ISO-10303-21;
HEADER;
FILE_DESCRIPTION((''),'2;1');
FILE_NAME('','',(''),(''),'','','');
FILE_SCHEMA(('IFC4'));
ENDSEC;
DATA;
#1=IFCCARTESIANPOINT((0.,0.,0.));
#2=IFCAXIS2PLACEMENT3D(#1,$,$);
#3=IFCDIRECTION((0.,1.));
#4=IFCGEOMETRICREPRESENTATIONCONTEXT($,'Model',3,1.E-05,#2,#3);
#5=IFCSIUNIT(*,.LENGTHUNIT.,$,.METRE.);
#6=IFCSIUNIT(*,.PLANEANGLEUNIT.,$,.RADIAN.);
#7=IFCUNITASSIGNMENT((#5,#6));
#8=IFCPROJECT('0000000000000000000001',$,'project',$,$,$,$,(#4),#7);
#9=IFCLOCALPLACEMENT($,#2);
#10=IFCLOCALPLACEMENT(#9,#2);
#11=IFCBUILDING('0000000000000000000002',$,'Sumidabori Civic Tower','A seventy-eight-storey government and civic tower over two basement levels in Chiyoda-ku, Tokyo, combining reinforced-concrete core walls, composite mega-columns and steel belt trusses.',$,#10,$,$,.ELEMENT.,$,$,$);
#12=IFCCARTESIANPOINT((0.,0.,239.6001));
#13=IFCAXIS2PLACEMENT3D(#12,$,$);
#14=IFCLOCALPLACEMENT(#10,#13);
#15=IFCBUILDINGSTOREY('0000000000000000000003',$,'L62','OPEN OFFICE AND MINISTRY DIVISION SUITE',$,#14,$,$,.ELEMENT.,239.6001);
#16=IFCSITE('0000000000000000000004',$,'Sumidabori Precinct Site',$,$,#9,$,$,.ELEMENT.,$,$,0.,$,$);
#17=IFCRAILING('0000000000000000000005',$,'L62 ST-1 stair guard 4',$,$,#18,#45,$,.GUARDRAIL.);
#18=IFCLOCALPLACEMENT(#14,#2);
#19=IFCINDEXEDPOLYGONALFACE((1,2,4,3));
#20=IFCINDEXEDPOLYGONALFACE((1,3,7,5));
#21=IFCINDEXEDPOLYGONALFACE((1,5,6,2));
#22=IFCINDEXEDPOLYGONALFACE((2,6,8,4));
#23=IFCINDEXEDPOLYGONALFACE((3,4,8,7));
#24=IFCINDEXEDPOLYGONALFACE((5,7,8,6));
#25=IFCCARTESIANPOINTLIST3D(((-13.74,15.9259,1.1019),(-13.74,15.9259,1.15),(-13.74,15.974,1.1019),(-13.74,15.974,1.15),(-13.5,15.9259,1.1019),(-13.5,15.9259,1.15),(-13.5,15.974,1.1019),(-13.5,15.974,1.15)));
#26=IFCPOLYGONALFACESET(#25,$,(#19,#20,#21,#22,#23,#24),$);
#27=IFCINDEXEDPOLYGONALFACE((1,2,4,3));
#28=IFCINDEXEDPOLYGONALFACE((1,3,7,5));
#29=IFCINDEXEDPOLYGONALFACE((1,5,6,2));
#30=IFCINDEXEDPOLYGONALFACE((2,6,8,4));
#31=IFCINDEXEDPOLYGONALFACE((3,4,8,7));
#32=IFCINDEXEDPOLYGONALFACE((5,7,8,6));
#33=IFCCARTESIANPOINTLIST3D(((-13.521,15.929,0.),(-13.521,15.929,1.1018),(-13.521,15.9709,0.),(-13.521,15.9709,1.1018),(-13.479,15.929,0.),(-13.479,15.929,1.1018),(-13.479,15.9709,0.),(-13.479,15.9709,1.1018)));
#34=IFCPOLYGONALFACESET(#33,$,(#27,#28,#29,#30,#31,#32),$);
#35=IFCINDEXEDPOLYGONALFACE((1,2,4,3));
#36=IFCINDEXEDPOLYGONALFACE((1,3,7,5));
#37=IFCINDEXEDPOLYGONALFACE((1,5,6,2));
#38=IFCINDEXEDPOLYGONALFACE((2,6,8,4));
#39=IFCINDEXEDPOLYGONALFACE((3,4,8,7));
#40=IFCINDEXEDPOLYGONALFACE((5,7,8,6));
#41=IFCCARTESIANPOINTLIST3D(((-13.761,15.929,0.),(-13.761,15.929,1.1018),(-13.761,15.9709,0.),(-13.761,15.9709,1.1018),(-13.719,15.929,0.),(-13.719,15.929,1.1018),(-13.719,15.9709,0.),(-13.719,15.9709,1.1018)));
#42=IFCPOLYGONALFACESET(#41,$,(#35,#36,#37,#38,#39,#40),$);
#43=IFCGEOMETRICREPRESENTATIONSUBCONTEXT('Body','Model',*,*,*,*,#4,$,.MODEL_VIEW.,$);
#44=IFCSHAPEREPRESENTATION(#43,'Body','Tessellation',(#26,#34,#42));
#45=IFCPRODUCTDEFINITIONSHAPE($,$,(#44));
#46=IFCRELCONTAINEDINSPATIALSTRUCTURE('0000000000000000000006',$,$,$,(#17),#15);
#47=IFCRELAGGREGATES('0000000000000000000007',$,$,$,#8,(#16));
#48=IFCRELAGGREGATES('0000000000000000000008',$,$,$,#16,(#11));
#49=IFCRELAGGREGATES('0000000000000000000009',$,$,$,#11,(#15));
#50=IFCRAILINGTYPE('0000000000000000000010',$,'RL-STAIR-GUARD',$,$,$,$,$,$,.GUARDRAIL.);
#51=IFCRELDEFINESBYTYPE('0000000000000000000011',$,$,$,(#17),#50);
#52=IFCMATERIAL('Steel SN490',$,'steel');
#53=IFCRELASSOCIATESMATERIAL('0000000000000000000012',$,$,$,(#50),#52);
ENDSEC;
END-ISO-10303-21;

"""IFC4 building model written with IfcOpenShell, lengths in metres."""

from ifc_helpers import new_model, si_unit, direction, frame, origin, origin_2d, place, context, subcontext, project, spatial, rectangle, extrude, material, type_object, element, save


model = new_model("IFC4")

# Units and contexts
model_context = context("Model", 3, precision=1e-05, world=origin(), true_north=direction((0.0, 1.0)))
body_context = subcontext(model_context, "Body", "Model", "MODEL_VIEW")
ifc_project = project(units=[si_unit("LENGTHUNIT", "METRE"), si_unit("PLANEANGLEUNIT", "RADIAN")], contexts=[model_context])

# Site, building, storey
site_placement = place(None, origin())
site = spatial("IfcSite", under=ifc_project, at=site_placement, Name="Sumidabori Precinct Site", CompositionType="ELEMENT", RefElevation=0.0)
building_placement = place(site_placement, origin())
building = spatial("IfcBuilding", under=site, at=building_placement, Name="Sumidabori Civic Tower", Description="A seventy-eight-storey government and civic tower over two basement levels in Chiyoda-ku, Tokyo, combining reinforced-concrete core walls, composite mega-columns and steel belt trusses.", CompositionType="ELEMENT")
storey_placement = place(building_placement, frame((0.0, 0.0, 239.6001)))
storey = spatial("IfcBuildingStorey", under=building, at=storey_placement, Name="L62", Description="OPEN OFFICE AND MINISTRY DIVISION SUITE", CompositionType="ELEMENT", Elevation=239.6001)

# Shared definitions
ifc_material_1 = material(Name="Steel SN490", Category="steel")

# Railing
railing_type_1 = type_object("IfcRailingType", Name="RL-STAIR-GUARD", PredefinedType="GUARDRAIL", material=ifc_material_1)
railing_1_placement = place(storey_placement, frame((-13.5, 15.95, 0.0)))
element("IfcRailing", 1, at=railing_1_placement, inside=storey, type_object=railing_type_1, Name="L62 ST-1 stair guard 4", PredefinedType="GUARDRAIL", context=body_context, shape_type="SweptSolid", body=[
    extrude(rectangle(XDim=0.0481, YDim=0.0481, at=origin_2d()), frame((0.0, 0.0, 1.126), z_axis=(-1.0, 0.0, 0.0), x_axis=(0.0, -1.0, 0.0)), (0.0, 0.0, 1.0), 0.24),
    extrude(rectangle(XDim=0.042, YDim=0.042, at=origin_2d()), origin(), (0.0, 0.0, 1.0), 1.1018),
    extrude(rectangle(XDim=0.042, YDim=0.042, at=origin_2d()), frame((-0.24, 0.0, 0.0)), (0.0, 0.0, 1.0), 1.1018),
])

save(model, "model.ifc")
